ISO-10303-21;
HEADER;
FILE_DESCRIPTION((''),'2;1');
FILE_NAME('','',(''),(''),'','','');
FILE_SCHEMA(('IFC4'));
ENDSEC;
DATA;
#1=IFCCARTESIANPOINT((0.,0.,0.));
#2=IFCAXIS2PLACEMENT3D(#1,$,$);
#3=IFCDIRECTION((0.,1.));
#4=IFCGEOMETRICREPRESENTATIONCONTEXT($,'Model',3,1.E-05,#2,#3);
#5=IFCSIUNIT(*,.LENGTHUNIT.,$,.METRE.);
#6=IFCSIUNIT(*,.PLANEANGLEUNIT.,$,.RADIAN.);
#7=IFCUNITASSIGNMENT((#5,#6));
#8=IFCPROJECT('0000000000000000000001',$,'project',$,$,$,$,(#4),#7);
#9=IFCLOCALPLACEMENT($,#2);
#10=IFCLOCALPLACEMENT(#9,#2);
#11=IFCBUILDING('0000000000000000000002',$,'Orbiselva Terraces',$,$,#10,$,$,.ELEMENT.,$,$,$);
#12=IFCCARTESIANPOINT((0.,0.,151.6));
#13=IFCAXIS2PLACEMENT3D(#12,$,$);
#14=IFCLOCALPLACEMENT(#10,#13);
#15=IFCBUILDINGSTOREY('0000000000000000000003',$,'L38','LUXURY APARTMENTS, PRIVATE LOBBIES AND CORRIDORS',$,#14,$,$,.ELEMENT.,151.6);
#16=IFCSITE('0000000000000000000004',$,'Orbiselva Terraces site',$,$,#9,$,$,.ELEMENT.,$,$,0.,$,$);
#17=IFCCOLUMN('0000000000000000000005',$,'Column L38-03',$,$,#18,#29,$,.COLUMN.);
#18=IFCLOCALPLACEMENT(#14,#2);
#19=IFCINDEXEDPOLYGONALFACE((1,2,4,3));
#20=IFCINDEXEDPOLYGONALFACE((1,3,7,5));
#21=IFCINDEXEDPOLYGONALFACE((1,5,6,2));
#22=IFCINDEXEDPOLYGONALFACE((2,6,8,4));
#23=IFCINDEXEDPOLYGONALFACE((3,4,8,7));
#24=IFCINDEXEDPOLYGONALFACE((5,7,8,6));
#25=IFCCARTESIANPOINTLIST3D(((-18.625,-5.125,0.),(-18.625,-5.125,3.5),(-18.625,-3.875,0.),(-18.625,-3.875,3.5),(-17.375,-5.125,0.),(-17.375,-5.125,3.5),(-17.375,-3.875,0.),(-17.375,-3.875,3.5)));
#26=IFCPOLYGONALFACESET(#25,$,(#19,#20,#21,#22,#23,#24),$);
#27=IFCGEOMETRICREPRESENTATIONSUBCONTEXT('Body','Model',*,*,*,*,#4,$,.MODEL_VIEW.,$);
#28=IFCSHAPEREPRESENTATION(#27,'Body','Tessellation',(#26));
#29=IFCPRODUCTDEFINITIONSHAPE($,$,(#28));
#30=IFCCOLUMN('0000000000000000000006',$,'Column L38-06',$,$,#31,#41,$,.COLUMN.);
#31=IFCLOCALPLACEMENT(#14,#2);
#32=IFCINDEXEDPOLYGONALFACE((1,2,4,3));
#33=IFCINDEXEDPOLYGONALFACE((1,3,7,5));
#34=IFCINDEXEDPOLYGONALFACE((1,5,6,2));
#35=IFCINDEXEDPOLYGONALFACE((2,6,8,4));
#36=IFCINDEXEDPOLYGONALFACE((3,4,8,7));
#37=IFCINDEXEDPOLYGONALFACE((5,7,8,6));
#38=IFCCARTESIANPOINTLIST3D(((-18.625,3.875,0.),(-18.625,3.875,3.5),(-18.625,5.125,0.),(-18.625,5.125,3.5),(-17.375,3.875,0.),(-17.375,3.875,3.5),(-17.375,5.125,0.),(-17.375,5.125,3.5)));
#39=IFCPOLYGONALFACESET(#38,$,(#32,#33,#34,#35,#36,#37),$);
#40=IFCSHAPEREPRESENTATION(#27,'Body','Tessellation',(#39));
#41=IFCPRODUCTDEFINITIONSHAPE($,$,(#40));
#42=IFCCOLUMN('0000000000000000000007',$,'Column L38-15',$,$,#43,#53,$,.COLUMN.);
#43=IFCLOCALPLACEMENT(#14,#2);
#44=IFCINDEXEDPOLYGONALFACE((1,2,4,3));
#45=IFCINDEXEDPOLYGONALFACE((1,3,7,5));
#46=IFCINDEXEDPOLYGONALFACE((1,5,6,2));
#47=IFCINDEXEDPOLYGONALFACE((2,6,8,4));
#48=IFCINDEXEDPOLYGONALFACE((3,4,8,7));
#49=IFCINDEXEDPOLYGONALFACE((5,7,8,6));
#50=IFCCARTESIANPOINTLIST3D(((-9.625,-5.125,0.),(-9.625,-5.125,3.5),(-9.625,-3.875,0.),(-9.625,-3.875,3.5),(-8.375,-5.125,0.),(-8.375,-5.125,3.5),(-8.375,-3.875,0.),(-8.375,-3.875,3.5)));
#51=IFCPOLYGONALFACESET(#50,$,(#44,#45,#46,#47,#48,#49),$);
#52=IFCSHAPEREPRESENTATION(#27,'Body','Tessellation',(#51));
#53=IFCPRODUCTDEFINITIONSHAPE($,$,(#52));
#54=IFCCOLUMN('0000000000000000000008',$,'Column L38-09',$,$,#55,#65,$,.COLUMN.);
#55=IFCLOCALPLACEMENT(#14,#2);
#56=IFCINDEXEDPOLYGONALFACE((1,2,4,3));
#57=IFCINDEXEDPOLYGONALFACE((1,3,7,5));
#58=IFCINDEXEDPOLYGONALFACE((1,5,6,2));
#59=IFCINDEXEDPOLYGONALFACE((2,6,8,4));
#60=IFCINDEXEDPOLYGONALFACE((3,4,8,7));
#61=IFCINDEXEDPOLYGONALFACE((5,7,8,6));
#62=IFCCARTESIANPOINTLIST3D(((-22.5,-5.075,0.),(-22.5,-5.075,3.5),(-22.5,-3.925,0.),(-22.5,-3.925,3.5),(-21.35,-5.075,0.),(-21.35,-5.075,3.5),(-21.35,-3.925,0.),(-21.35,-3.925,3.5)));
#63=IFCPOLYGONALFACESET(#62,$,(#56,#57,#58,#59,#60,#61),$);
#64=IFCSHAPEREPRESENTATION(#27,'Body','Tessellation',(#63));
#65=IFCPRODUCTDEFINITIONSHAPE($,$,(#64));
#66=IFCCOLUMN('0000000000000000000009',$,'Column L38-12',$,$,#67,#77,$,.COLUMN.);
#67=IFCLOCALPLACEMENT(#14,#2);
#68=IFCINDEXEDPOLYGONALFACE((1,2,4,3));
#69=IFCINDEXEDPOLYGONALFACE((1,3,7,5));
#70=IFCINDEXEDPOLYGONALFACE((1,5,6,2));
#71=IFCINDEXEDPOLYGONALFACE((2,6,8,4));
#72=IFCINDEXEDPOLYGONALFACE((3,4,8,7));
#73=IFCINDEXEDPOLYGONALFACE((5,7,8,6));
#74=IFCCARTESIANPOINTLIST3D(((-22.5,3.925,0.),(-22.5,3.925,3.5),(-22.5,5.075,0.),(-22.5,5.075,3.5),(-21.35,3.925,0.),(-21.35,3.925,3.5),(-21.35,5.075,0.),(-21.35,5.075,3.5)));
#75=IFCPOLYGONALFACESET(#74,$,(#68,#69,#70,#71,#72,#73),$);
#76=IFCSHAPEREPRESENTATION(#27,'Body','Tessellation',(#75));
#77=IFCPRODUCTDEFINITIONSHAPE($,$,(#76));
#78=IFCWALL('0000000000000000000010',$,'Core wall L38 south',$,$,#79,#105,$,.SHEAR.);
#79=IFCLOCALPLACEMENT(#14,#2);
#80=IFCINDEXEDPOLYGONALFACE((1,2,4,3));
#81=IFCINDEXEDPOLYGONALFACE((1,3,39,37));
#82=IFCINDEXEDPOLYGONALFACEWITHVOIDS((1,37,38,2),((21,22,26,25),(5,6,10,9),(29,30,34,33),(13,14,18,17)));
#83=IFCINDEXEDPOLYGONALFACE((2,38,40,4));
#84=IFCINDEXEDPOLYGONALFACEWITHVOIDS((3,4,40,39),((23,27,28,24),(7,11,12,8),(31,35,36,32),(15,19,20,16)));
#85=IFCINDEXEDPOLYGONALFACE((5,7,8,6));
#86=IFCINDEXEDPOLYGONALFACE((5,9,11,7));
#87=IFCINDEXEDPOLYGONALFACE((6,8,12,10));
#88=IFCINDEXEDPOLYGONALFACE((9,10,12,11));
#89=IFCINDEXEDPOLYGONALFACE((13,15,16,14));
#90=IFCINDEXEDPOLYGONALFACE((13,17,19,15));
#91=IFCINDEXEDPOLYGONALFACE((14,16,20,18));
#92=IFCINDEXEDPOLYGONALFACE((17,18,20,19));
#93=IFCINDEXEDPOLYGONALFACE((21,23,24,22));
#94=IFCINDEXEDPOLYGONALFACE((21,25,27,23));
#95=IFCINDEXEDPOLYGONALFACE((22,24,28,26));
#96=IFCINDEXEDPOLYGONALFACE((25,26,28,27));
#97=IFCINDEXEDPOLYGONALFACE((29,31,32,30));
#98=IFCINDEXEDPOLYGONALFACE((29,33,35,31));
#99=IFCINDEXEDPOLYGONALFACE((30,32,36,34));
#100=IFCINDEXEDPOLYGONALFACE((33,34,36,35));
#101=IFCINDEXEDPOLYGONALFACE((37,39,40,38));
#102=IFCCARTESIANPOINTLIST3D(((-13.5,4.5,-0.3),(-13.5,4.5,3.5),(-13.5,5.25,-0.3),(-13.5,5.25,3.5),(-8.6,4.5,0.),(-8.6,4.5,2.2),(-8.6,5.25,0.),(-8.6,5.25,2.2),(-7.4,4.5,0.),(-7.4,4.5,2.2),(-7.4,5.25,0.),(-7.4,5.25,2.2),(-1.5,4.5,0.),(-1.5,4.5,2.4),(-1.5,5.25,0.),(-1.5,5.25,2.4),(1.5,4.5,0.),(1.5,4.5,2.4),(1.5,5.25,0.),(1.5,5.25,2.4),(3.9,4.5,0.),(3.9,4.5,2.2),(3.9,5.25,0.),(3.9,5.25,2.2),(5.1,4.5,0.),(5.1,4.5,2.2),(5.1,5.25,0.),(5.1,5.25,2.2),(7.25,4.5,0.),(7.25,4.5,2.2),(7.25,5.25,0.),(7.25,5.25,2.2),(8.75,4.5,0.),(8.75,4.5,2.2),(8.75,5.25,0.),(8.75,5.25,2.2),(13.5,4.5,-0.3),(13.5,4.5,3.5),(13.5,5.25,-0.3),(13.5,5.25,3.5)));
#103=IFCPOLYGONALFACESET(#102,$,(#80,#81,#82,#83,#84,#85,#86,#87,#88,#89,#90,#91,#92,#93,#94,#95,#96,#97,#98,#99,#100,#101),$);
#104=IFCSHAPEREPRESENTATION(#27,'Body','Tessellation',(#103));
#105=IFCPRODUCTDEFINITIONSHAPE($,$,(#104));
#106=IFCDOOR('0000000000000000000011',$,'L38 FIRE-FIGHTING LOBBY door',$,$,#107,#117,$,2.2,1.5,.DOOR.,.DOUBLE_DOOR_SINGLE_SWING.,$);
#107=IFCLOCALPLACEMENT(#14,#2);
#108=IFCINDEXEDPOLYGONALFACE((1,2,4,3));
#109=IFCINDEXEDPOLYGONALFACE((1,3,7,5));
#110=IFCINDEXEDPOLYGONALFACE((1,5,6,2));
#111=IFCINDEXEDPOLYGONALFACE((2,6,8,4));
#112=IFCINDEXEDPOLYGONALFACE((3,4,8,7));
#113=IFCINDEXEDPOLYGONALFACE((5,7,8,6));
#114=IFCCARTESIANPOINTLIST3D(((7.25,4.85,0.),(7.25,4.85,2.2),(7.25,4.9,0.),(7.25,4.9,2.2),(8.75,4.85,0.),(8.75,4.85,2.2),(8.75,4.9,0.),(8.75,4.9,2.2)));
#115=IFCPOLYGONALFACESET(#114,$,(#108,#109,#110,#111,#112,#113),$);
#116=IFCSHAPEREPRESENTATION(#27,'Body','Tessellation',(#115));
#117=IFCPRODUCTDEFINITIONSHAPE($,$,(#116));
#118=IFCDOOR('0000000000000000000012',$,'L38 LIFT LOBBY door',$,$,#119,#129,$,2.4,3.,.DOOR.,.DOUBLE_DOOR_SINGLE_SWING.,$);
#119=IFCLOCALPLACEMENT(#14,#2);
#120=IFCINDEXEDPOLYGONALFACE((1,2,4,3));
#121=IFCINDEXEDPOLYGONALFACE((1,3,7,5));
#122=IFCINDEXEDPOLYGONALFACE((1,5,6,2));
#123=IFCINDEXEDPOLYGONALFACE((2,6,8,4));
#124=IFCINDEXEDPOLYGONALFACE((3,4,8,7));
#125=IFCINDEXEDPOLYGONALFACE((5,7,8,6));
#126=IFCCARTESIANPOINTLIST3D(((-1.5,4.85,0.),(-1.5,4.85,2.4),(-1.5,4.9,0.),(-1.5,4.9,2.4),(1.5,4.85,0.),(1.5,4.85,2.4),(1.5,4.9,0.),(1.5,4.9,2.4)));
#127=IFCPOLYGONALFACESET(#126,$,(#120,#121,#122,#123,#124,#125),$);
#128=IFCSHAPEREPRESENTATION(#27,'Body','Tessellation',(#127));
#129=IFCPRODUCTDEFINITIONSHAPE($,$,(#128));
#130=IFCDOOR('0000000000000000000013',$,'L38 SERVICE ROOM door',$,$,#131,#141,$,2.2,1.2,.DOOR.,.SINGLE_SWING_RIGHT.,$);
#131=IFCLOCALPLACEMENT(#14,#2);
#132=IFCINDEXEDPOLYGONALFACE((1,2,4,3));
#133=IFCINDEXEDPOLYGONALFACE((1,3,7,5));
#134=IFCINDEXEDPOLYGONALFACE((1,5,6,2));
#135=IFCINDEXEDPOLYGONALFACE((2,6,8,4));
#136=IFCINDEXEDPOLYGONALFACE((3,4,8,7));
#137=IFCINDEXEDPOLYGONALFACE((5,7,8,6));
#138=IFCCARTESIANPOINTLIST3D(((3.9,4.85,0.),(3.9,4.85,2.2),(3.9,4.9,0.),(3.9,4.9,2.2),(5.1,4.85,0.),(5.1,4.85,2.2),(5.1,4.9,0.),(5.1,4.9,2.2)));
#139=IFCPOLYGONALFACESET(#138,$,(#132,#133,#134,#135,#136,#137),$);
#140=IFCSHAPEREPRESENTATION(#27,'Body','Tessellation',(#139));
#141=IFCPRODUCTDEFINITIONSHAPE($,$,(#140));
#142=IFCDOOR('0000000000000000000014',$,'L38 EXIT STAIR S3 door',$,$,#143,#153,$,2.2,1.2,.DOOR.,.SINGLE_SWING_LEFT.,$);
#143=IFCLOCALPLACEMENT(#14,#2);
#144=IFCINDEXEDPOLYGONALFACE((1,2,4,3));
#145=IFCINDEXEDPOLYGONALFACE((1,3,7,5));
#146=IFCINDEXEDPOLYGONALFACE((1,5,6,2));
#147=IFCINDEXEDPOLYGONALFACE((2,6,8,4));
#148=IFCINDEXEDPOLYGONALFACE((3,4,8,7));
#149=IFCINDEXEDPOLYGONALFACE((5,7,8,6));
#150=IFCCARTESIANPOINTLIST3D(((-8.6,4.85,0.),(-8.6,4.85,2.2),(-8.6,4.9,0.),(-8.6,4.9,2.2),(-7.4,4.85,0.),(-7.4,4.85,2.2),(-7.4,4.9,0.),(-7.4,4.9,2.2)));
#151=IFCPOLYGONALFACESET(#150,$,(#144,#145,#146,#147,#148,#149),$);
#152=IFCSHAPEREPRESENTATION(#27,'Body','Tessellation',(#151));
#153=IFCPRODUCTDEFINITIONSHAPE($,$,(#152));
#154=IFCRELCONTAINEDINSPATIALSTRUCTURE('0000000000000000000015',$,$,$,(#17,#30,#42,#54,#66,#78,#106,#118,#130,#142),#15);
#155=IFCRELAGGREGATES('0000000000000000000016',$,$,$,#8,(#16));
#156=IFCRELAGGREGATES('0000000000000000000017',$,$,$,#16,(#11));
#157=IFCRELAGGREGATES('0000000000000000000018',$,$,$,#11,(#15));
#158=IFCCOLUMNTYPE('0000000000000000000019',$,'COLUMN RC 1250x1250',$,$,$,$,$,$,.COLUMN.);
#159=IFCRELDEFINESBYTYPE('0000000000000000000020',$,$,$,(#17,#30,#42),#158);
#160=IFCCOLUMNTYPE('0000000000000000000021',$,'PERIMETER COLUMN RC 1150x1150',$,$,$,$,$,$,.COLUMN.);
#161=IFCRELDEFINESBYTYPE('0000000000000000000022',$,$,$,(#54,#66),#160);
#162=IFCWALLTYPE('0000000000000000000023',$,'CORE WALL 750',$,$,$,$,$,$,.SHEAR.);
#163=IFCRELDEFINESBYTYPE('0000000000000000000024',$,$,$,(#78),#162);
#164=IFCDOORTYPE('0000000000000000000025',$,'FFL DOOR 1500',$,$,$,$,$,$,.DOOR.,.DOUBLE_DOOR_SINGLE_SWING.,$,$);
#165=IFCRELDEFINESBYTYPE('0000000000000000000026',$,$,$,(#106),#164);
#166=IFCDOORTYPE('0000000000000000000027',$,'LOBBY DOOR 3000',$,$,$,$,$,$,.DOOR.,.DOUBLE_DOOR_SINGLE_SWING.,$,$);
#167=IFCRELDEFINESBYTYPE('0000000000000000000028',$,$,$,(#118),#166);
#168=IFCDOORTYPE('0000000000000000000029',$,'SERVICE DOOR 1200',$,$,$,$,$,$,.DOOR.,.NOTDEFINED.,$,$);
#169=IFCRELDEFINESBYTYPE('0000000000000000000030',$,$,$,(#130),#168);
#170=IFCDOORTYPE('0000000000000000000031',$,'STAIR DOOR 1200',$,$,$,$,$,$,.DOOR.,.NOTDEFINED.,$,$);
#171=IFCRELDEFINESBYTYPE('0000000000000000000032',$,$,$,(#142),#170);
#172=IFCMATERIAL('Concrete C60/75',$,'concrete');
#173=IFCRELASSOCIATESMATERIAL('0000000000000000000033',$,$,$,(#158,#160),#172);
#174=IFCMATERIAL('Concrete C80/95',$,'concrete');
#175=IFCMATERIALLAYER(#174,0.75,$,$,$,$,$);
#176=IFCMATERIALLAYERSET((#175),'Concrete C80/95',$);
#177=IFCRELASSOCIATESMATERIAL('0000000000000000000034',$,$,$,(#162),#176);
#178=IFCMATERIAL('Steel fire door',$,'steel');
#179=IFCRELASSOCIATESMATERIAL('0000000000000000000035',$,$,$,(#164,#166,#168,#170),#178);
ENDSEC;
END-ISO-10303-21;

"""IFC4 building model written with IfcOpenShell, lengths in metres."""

from ifc_helpers import new_model, si_unit, direction, frame, frame_2d, origin, origin_2d, place, context, subcontext, project, spatial, rectangle, extrude, material, layer, layer_set, material_profile, profile_set, type_object, element, fill, save


model = new_model("IFC4")

# Units and contexts
model_context = context("Model", 3, precision=1e-05, world=origin(), true_north=direction((0.0, 1.0)))
body_context = subcontext(model_context, "Body", "Model", "MODEL_VIEW")
ifc_project = project(units=[si_unit("LENGTHUNIT", "METRE"), si_unit("PLANEANGLEUNIT", "RADIAN")], contexts=[model_context])

# Site, building, storey
site_placement = place(None, origin())
site = spatial("IfcSite", under=ifc_project, at=site_placement, Name="Orbiselva Terraces site", CompositionType="ELEMENT", RefElevation=0.0)
building_placement = place(site_placement, origin())
building = spatial("IfcBuilding", under=site, at=building_placement, Name="Orbiselva Terraces", CompositionType="ELEMENT")
storey_placement = place(building_placement, frame((0.0, 0.0, 151.6)))
storey = spatial("IfcBuildingStorey", under=building, at=storey_placement, Name="L38", Description="LUXURY APARTMENTS, PRIVATE LOBBIES AND CORRIDORS", CompositionType="ELEMENT", Elevation=151.6)

# Columns
ifc_material_1 = material(Name="Concrete C60/75", Category="concrete")
ifc_material_profile_1 = material_profile(ifc_material_1, rectangle(XDim=1.25, YDim=1.25, at=origin_2d()), Name="RC 1250x1250")
ifc_profile_set_1 = profile_set([ifc_material_profile_1], Name="Concrete C60/75")
column_type_1 = type_object("IfcColumnType", Name="COLUMN RC 1250x1250", PredefinedType="COLUMN", material=ifc_profile_set_1)
for number, where, z_axis, x_axis, name in (
    (1, (-18.0, -4.5, 0.0), (0.0, 0.0, 1.0), (1.0, 0.0, 0.0), "Column L38-03"),
    (2, (-18.0, 4.5, 0.0), (0.0, 0.0, 1.0), (1.0, 0.0, 0.0), "Column L38-06"),
    (3, (-9.0, -4.5, 0.0), (0.0, 0.0, 1.0), (1.0, 0.0, 0.0), "Column L38-15"),
):
    element("IfcColumn", number, at=place(storey_placement, frame(where, z_axis=z_axis, x_axis=x_axis)), inside=storey, type_object=column_type_1, Name=name, PredefinedType="COLUMN", context=body_context, shape_type="SweptSolid", body=[
        extrude(rectangle(XDim=1.25, YDim=1.25, at=origin_2d()), origin(), (0.0, 0.0, 1.0), 3.5),
    ])
ifc_material_profile_2 = material_profile(ifc_material_1, rectangle(XDim=1.15, YDim=1.15, at=origin_2d()), Name="RC 1150x1150")
ifc_profile_set_2 = profile_set([ifc_material_profile_2], Name="Concrete C60/75")
column_type_2 = type_object("IfcColumnType", Name="PERIMETER COLUMN RC 1150x1150", PredefinedType="COLUMN", material=ifc_profile_set_2)
for number, where, z_axis, x_axis, name in (
    (4, (-21.925, -4.5, 0.0), (0.0, 0.0, 1.0), (1.0, 0.0, 0.0), "Column L38-09"),
    (5, (-21.925, 4.5, 0.0), (0.0, 0.0, 1.0), (1.0, 0.0, 0.0), "Column L38-12"),
):
    element("IfcColumn", number, at=place(storey_placement, frame(where, z_axis=z_axis, x_axis=x_axis)), inside=storey, type_object=column_type_2, Name=name, PredefinedType="COLUMN", context=body_context, shape_type="SweptSolid", body=[
        extrude(rectangle(XDim=1.15, YDim=1.15, at=origin_2d()), origin(), (0.0, 0.0, 1.0), 3.5),
    ])

# Wall, openings, doors
ifc_material_2 = material(Name="Concrete C80/95", Category="concrete")
ifc_layer_1 = layer(ifc_material_2, 0.75)
ifc_layer_set_1 = layer_set([ifc_layer_1], Name="Concrete C80/95")
wall_type_1 = type_object("IfcWallType", Name="CORE WALL 750", PredefinedType="SHEAR", material=ifc_layer_set_1)
wall_1_placement = place(storey_placement, frame((-13.5, 4.875, -0.3), z_axis=(0.0, 0.0, 1.0), x_axis=(1.0, 0.0, 0.0)))
wall_1 = element("IfcWall", 6, at=wall_1_placement, inside=storey, type_object=wall_type_1, Name="Core wall L38 south", PredefinedType="SHEAR", context=body_context, shape_type="SweptSolid", body=[
    extrude(rectangle(XDim=27.0, YDim=0.75, at=frame_2d((13.5, 0.0))), origin(), (0.0, 0.0, 1.0), 3.8),
])
opening_1_placement = place(wall_1_placement, frame((12.0, 0.0, 0.3)))
opening_1 = element("IfcOpeningElement", 7, at=opening_1_placement, cuts=wall_1, PredefinedType="OPENING", context=body_context, shape_type="SweptSolid", body=[
    extrude(rectangle(XDim=3.0, YDim=2.4, at=frame_2d((1.5, 1.2))), frame((0.0, 0.385, 0.0), z_axis=(0.0, -1.0, 0.0), x_axis=(1.0, 0.0, 0.0)), (0.0, 0.0, 1.0), 0.77),
])
opening_2_placement = place(wall_1_placement, frame((4.9, 0.0, 0.3)))
opening_2 = element("IfcOpeningElement", 8, at=opening_2_placement, cuts=wall_1, PredefinedType="OPENING", context=body_context, shape_type="SweptSolid", body=[
    extrude(rectangle(XDim=1.2, YDim=2.2, at=frame_2d((0.6, 1.1))), frame((0.0, 0.385, 0.0), z_axis=(0.0, -1.0, 0.0), x_axis=(1.0, 0.0, 0.0)), (0.0, 0.0, 1.0), 0.77),
])
opening_3_placement = place(wall_1_placement, frame((20.75, 0.0, 0.3)))
opening_3 = element("IfcOpeningElement", 9, at=opening_3_placement, cuts=wall_1, PredefinedType="OPENING", context=body_context, shape_type="SweptSolid", body=[
    extrude(rectangle(XDim=1.5, YDim=2.2, at=frame_2d((0.75, 1.1))), frame((0.0, 0.385, 0.0), z_axis=(0.0, -1.0, 0.0), x_axis=(1.0, 0.0, 0.0)), (0.0, 0.0, 1.0), 0.77),
])
opening_4_placement = place(wall_1_placement, frame((17.4, 0.0, 0.3)))
opening_4 = element("IfcOpeningElement", 10, at=opening_4_placement, cuts=wall_1, PredefinedType="OPENING", context=body_context, shape_type="SweptSolid", body=[
    extrude(rectangle(XDim=1.2, YDim=2.2, at=frame_2d((0.6, 1.1))), frame((0.0, 0.385, 0.0), z_axis=(0.0, -1.0, 0.0), x_axis=(1.0, 0.0, 0.0)), (0.0, 0.0, 1.0), 0.77),
])
ifc_material_3 = material(Name="Steel fire door", Category="steel")
door_type_1 = type_object("IfcDoorType", Name="FFL DOOR 1500", OperationType="DOUBLE_DOOR_SINGLE_SWING", PredefinedType="DOOR", material=ifc_material_3)
door_1_placement = place(opening_3_placement, frame((1.5, 0.0, 0.0), z_axis=(0.0, 0.0, 1.0), x_axis=(-1.0, 0.0, 0.0)))
door_1 = element("IfcDoor", 11, at=door_1_placement, inside=storey, type_object=door_type_1, Name="L38 FIRE-FIGHTING LOBBY door", OperationType="DOUBLE_DOOR_SINGLE_SWING", OverallHeight=2.2, OverallWidth=1.5, PredefinedType="DOOR", context=body_context, shape_type="SweptSolid", body=[
    extrude(rectangle(XDim=1.5, YDim=2.2, at=frame_2d((0.75, 1.1))), frame((0.0, 0.025, 0.0), z_axis=(0.0, -1.0, 0.0), x_axis=(1.0, 0.0, 0.0)), (0.0, 0.0, 1.0), 0.05),
])
fill(opening_3, door_1)
door_type_2 = type_object("IfcDoorType", Name="LOBBY DOOR 3000", OperationType="DOUBLE_DOOR_SINGLE_SWING", PredefinedType="DOOR", material=ifc_material_3)
door_2_placement = place(opening_1_placement, frame((3.0, 0.0, 0.0), z_axis=(0.0, 0.0, 1.0), x_axis=(-1.0, 0.0, 0.0)))
door_2 = element("IfcDoor", 12, at=door_2_placement, inside=storey, type_object=door_type_2, Name="L38 LIFT LOBBY door", OperationType="DOUBLE_DOOR_SINGLE_SWING", OverallHeight=2.4, OverallWidth=3.0, PredefinedType="DOOR", context=body_context, shape_type="SweptSolid", body=[
    extrude(rectangle(XDim=3.0, YDim=2.4, at=frame_2d((1.5, 1.2))), frame((0.0, 0.025, 0.0), z_axis=(0.0, -1.0, 0.0), x_axis=(1.0, 0.0, 0.0)), (0.0, 0.0, 1.0), 0.05),
])
fill(opening_1, door_2)
door_type_3 = type_object("IfcDoorType", Name="SERVICE DOOR 1200", OperationType="NOTDEFINED", PredefinedType="DOOR", material=ifc_material_3)
door_3_placement = place(opening_4_placement, frame((1.2, 0.0, 0.0), z_axis=(0.0, 0.0, 1.0), x_axis=(-1.0, 0.0, 0.0)))
door_3 = element("IfcDoor", 13, at=door_3_placement, inside=storey, type_object=door_type_3, Name="L38 SERVICE ROOM door", OperationType="SINGLE_SWING_RIGHT", OverallHeight=2.2, OverallWidth=1.2, PredefinedType="DOOR", context=body_context, shape_type="SweptSolid", body=[
    extrude(rectangle(XDim=1.2, YDim=2.2, at=frame_2d((0.6, 1.1))), frame((0.0, 0.025, 0.0), z_axis=(0.0, -1.0, 0.0), x_axis=(1.0, 0.0, 0.0)), (0.0, 0.0, 1.0), 0.05),
])
fill(opening_4, door_3)
door_type_4 = type_object("IfcDoorType", Name="STAIR DOOR 1200", OperationType="NOTDEFINED", PredefinedType="DOOR", material=ifc_material_3)
door_4_placement = place(opening_2_placement, frame((1.2, 0.0, 0.0), z_axis=(0.0, 0.0, 1.0), x_axis=(-1.0, 0.0, 0.0)))
door_4 = element("IfcDoor", 14, at=door_4_placement, inside=storey, type_object=door_type_4, Name="L38 EXIT STAIR S3 door", OperationType="SINGLE_SWING_LEFT", OverallHeight=2.2, OverallWidth=1.2, PredefinedType="DOOR", context=body_context, shape_type="SweptSolid", body=[
    extrude(rectangle(XDim=1.2, YDim=2.2, at=frame_2d((0.6, 1.1))), frame((0.0, 0.025, 0.0), z_axis=(0.0, -1.0, 0.0), x_axis=(1.0, 0.0, 0.0)), (0.0, 0.0, 1.0), 0.05),
])
fill(opening_2, door_4)

save(model, "model.ifc")
